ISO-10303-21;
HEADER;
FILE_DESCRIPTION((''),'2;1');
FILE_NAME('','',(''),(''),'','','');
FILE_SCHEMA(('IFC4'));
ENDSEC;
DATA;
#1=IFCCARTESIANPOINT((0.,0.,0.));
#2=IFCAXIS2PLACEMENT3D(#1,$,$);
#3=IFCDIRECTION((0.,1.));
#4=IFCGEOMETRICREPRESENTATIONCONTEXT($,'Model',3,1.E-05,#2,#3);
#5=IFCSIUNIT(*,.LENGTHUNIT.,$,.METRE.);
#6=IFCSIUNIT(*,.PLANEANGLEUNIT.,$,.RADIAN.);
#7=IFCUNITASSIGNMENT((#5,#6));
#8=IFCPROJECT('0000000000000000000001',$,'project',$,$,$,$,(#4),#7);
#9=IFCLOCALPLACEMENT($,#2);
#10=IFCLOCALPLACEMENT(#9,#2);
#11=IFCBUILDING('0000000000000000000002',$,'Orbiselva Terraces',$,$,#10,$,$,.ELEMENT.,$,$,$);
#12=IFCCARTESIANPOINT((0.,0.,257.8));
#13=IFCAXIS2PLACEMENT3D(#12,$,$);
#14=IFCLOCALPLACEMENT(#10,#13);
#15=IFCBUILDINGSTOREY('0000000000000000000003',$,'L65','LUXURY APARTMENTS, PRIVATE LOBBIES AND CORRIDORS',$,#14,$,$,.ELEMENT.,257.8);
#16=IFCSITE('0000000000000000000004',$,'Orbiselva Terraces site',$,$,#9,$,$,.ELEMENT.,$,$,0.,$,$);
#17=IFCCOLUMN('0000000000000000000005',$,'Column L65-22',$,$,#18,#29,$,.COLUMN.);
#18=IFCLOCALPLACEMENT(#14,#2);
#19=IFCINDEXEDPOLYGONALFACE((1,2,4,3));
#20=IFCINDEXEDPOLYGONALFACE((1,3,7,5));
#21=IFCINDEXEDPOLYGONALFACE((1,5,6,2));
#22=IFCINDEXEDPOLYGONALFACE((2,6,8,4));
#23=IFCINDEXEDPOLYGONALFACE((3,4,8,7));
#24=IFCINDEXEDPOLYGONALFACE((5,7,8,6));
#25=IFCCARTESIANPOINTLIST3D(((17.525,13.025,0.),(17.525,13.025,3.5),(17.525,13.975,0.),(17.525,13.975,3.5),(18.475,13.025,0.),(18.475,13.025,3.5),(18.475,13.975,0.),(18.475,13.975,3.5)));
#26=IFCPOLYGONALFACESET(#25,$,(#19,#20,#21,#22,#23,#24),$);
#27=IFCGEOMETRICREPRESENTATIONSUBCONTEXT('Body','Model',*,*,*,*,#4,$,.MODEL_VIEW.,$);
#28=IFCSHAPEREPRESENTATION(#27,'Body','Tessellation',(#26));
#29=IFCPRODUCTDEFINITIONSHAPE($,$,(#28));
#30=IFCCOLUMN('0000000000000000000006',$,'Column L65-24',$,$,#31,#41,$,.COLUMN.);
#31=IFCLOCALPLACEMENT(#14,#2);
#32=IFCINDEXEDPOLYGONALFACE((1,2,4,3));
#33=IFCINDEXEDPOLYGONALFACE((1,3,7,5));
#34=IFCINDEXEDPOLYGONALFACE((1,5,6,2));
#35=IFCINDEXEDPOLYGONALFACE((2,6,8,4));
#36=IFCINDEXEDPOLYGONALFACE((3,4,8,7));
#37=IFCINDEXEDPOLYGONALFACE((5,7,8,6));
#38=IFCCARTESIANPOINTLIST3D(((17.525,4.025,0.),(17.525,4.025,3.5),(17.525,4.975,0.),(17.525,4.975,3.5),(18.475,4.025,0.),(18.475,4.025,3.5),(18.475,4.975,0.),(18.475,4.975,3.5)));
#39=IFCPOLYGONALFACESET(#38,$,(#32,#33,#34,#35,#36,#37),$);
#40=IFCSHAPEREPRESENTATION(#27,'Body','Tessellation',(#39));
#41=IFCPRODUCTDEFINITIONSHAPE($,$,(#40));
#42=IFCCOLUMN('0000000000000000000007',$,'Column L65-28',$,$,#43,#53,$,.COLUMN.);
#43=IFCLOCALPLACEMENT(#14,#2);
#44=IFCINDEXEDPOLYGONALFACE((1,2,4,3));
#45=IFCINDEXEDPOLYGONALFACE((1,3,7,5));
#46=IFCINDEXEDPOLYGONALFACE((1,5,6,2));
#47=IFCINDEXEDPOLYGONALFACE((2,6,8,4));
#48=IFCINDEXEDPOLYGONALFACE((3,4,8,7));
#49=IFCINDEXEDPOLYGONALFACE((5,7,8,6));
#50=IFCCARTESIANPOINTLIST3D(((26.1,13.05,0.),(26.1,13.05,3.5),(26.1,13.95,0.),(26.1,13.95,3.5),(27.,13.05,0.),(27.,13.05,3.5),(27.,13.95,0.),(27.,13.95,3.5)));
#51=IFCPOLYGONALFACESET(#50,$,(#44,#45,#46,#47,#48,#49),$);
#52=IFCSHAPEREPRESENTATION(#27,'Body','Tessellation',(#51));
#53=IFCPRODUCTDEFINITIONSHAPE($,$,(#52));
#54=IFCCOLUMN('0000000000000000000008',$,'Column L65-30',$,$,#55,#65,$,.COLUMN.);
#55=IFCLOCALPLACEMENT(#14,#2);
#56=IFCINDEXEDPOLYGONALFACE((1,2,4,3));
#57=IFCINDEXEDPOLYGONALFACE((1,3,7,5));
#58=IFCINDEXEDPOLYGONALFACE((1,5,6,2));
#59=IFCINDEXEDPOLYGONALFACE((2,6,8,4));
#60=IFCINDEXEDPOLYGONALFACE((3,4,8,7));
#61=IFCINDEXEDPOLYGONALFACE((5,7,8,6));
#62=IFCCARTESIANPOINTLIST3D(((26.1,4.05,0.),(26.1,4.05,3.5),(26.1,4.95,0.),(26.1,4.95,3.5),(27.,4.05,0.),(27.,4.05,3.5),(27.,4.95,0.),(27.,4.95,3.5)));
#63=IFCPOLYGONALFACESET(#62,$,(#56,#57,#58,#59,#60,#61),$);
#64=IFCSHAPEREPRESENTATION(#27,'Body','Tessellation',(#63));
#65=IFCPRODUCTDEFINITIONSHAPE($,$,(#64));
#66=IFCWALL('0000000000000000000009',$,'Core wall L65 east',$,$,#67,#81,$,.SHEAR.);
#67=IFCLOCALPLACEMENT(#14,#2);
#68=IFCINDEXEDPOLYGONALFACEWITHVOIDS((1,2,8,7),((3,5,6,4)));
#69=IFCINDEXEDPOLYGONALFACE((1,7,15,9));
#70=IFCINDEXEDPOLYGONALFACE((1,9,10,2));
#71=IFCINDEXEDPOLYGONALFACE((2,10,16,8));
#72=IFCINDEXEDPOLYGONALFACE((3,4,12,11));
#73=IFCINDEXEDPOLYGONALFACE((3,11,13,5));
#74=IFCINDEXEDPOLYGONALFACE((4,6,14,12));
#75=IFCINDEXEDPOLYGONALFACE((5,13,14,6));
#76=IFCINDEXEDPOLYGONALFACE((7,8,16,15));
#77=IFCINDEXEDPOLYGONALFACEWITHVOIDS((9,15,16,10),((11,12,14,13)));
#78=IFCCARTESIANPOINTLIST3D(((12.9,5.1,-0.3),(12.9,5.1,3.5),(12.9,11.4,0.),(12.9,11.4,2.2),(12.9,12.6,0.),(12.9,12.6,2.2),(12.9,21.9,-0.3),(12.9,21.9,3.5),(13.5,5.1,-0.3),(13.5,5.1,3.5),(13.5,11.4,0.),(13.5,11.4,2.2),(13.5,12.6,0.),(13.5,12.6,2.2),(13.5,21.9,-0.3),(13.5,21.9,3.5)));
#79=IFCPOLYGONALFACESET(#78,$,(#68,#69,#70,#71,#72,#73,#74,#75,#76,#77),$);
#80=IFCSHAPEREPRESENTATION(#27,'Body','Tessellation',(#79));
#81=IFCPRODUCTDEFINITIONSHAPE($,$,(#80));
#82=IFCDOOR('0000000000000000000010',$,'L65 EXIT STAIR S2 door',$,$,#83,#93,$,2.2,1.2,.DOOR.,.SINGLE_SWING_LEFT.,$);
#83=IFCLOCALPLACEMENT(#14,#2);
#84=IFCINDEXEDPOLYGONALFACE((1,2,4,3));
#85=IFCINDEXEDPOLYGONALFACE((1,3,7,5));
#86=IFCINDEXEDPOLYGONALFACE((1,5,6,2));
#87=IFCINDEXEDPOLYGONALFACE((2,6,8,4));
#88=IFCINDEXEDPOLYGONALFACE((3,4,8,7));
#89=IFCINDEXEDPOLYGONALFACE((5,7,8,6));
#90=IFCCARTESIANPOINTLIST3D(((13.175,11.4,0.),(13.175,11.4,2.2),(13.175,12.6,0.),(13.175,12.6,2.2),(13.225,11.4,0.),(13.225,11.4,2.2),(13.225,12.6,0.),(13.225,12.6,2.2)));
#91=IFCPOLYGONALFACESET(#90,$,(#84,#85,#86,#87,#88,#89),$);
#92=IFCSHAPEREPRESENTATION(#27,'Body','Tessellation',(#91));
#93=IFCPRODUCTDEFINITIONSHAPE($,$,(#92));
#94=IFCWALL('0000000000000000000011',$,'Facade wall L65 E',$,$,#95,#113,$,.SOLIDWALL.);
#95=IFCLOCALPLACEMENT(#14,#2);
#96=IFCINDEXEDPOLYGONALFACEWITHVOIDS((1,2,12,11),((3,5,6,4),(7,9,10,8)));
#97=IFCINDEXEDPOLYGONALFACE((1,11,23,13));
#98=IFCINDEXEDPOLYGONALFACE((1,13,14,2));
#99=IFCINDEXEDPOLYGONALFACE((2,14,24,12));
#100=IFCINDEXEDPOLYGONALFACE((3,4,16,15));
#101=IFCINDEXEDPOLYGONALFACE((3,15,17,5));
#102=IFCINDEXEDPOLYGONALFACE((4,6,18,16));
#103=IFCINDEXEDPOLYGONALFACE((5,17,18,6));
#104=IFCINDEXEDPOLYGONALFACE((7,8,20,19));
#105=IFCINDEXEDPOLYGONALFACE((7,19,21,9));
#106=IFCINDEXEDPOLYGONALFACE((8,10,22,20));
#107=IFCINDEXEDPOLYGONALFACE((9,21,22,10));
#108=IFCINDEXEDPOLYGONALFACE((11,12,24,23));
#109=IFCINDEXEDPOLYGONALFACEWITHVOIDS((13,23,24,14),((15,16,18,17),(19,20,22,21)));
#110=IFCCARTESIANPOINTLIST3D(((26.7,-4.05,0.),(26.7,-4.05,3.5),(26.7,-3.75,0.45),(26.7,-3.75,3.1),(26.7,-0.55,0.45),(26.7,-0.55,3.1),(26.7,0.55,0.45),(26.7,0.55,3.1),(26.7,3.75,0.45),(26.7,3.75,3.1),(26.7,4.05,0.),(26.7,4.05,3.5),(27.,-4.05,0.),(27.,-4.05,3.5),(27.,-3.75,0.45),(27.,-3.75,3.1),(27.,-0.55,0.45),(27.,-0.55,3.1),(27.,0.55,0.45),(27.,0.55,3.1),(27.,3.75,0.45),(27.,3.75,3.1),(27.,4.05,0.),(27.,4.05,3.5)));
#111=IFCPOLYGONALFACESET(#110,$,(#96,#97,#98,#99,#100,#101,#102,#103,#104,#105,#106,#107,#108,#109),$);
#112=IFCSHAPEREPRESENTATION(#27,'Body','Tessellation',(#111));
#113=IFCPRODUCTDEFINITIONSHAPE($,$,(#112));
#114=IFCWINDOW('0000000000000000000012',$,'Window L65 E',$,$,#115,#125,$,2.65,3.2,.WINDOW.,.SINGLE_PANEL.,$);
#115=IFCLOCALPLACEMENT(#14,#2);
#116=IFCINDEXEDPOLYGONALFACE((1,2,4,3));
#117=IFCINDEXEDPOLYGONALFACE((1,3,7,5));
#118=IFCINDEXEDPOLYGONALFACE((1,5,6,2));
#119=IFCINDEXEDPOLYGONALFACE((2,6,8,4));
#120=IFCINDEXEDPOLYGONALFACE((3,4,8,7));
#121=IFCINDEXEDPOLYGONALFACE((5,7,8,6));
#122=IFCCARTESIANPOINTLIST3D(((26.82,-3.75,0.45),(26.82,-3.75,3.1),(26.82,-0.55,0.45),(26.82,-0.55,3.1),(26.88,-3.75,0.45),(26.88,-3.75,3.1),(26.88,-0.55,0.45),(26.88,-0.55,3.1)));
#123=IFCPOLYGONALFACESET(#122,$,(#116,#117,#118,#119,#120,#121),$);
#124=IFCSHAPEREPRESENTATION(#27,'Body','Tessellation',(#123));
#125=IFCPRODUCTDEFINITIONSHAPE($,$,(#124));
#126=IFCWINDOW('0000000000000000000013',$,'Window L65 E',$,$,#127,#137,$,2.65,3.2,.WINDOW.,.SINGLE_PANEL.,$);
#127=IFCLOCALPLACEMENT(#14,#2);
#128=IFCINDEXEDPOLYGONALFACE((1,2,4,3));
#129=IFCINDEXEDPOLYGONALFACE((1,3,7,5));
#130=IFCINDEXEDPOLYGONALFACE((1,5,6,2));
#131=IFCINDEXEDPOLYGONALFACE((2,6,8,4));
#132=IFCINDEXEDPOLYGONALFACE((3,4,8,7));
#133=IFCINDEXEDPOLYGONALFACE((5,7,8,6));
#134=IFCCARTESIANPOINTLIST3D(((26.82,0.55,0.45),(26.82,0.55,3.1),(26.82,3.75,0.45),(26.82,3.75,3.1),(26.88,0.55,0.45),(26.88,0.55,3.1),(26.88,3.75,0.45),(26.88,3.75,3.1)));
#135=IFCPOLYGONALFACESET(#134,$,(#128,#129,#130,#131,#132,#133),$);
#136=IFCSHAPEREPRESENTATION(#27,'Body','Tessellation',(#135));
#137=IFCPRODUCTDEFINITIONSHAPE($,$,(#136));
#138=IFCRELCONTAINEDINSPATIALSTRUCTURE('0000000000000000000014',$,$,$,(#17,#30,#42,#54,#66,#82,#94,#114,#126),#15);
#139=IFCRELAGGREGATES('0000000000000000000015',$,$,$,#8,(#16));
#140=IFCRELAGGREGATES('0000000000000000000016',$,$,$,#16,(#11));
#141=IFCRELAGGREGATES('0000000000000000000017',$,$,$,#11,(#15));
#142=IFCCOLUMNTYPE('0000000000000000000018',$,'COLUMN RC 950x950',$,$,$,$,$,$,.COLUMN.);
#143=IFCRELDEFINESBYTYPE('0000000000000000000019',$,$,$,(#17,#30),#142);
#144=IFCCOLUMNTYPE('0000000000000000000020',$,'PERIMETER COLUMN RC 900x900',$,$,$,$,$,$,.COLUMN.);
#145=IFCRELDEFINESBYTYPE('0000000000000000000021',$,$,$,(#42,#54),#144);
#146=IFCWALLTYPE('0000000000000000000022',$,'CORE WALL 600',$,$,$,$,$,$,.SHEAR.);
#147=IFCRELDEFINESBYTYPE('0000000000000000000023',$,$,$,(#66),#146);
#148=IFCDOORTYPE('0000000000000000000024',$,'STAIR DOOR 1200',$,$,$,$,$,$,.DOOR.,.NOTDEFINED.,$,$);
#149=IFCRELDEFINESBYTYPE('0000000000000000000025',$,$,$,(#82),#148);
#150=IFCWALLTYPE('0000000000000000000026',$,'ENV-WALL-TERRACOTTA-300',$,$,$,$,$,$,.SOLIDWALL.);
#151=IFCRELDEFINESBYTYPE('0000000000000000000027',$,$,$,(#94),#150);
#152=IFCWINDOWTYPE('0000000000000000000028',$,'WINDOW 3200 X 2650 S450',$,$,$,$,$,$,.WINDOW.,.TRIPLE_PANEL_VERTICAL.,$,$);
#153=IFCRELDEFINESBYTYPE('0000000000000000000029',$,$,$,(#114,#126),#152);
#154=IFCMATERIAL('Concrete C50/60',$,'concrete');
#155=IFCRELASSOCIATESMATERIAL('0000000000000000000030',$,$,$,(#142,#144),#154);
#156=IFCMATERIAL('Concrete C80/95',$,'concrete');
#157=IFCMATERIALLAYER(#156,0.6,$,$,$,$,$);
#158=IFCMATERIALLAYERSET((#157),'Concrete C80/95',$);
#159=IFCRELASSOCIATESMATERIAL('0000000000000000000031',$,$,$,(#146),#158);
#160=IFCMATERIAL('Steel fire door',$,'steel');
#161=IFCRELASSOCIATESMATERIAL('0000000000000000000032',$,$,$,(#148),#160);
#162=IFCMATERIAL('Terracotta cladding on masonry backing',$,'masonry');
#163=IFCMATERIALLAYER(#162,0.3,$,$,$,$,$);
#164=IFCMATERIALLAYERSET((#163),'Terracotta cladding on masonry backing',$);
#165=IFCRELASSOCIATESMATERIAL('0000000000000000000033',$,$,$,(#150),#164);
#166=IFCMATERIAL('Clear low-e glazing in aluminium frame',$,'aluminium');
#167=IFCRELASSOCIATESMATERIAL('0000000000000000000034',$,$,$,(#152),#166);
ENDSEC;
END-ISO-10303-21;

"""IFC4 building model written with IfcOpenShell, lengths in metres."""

from ifc_helpers import new_model, si_unit, direction, frame, frame_2d, origin, origin_2d, place, context, subcontext, project, spatial, rectangle, extrude, material, layer, layer_set, material_profile, profile_set, type_object, element, fill, save


model = new_model("IFC4")

# Units and contexts
model_context = context("Model", 3, precision=1e-05, world=origin(), true_north=direction((0.0, 1.0)))
body_context = subcontext(model_context, "Body", "Model", "MODEL_VIEW")
ifc_project = project(units=[si_unit("LENGTHUNIT", "METRE"), si_unit("PLANEANGLEUNIT", "RADIAN")], contexts=[model_context])

# Site, building, storey
site_placement = place(None, origin())
site = spatial("IfcSite", under=ifc_project, at=site_placement, Name="Orbiselva Terraces site", CompositionType="ELEMENT", RefElevation=0.0)
building_placement = place(site_placement, origin())
building = spatial("IfcBuilding", under=site, at=building_placement, Name="Orbiselva Terraces", CompositionType="ELEMENT")
storey_placement = place(building_placement, frame((0.0, 0.0, 257.8)))
storey = spatial("IfcBuildingStorey", under=building, at=storey_placement, Name="L65", Description="LUXURY APARTMENTS, PRIVATE LOBBIES AND CORRIDORS", CompositionType="ELEMENT", Elevation=257.8)

# Columns
ifc_material_1 = material(Name="Concrete C50/60", Category="concrete")
ifc_material_profile_1 = material_profile(ifc_material_1, rectangle(XDim=0.95, YDim=0.95, at=origin_2d()), Name="RC 950x950")
ifc_profile_set_1 = profile_set([ifc_material_profile_1], Name="Concrete C50/60")
column_type_1 = type_object("IfcColumnType", Name="COLUMN RC 950x950", PredefinedType="COLUMN", material=ifc_profile_set_1)
for number, where, z_axis, x_axis, name in (
    (1, (18.0, 13.5, 0.0), (0.0, 0.0, 1.0), (1.0, 0.0, 0.0), "Column L65-22"),
    (2, (18.0, 4.5, 0.0), (0.0, 0.0, 1.0), (1.0, 0.0, 0.0), "Column L65-24"),
):
    element("IfcColumn", number, at=place(storey_placement, frame(where, z_axis=z_axis, x_axis=x_axis)), inside=storey, type_object=column_type_1, Name=name, PredefinedType="COLUMN", context=body_context, shape_type="SweptSolid", body=[
        extrude(rectangle(XDim=0.95, YDim=0.95, at=origin_2d()), origin(), (0.0, 0.0, 1.0), 3.5),
    ])
ifc_material_profile_2 = material_profile(ifc_material_1, rectangle(XDim=0.9, YDim=0.9, at=origin_2d()), Name="RC 900x900")
ifc_profile_set_2 = profile_set([ifc_material_profile_2], Name="Concrete C50/60")
column_type_2 = type_object("IfcColumnType", Name="PERIMETER COLUMN RC 900x900", PredefinedType="COLUMN", material=ifc_profile_set_2)
for number, where, z_axis, x_axis, name in (
    (3, (26.55, 13.5, 0.0), (0.0, 0.0, 1.0), (1.0, 0.0, 0.0), "Column L65-28"),
    (4, (26.55, 4.5, 0.0), (0.0, 0.0, 1.0), (1.0, 0.0, 0.0), "Column L65-30"),
):
    element("IfcColumn", number, at=place(storey_placement, frame(where, z_axis=z_axis, x_axis=x_axis)), inside=storey, type_object=column_type_2, Name=name, PredefinedType="COLUMN", context=body_context, shape_type="SweptSolid", body=[
        extrude(rectangle(XDim=0.9, YDim=0.9, at=origin_2d()), origin(), (0.0, 0.0, 1.0), 3.5),
    ])

# Wall, opening, door
ifc_material_2 = material(Name="Concrete C80/95", Category="concrete")
ifc_layer_1 = layer(ifc_material_2, 0.6)
ifc_layer_set_1 = layer_set([ifc_layer_1], Name="Concrete C80/95")
wall_type_1 = type_object("IfcWallType", Name="CORE WALL 600", PredefinedType="SHEAR", material=ifc_layer_set_1)
wall_1_placement = place(storey_placement, frame((13.2, 5.1, -0.3), z_axis=(0.0, 0.0, 1.0), x_axis=(0.0, 1.0, 0.0)))
wall_1 = element("IfcWall", 5, at=wall_1_placement, inside=storey, type_object=wall_type_1, Name="Core wall L65 east", PredefinedType="SHEAR", context=body_context, shape_type="SweptSolid", body=[
    extrude(rectangle(XDim=16.8, YDim=0.6, at=frame_2d((8.4, 0.0))), origin(), (0.0, 0.0, 1.0), 3.8),
])
opening_1_placement = place(wall_1_placement, frame((6.3, 0.0, 0.3)))
opening_1 = element("IfcOpeningElement", 6, at=opening_1_placement, cuts=wall_1, PredefinedType="OPENING", context=body_context, shape_type="SweptSolid", body=[
    extrude(rectangle(XDim=1.2, YDim=2.2, at=frame_2d((0.6, 1.1))), frame((0.0, 0.31, 0.0), z_axis=(0.0, -1.0, 0.0), x_axis=(1.0, 0.0, 0.0)), (0.0, 0.0, 1.0), 0.62),
])
ifc_material_3 = material(Name="Steel fire door", Category="steel")
door_type_1 = type_object("IfcDoorType", Name="STAIR DOOR 1200", OperationType="NOTDEFINED", PredefinedType="DOOR", material=ifc_material_3)
door_1_placement = place(opening_1_placement, frame((1.2, 0.0, 0.0), z_axis=(0.0, 0.0, 1.0), x_axis=(-1.0, 0.0, 0.0)))
door_1 = element("IfcDoor", 7, at=door_1_placement, inside=storey, type_object=door_type_1, Name="L65 EXIT STAIR S2 door", OperationType="SINGLE_SWING_LEFT", OverallHeight=2.2, OverallWidth=1.2, PredefinedType="DOOR", context=body_context, shape_type="SweptSolid", body=[
    extrude(rectangle(XDim=1.2, YDim=2.2, at=frame_2d((0.6, 1.1))), frame((0.0, 0.025, 0.0), z_axis=(0.0, -1.0, 0.0), x_axis=(1.0, 0.0, 0.0)), (0.0, 0.0, 1.0), 0.05),
])
fill(opening_1, door_1)

# Wall, openings, windows
ifc_material_4 = material(Name="Terracotta cladding on masonry backing", Category="masonry")
ifc_layer_2 = layer(ifc_material_4, 0.3)
ifc_layer_set_2 = layer_set([ifc_layer_2], Name="Terracotta cladding on masonry backing")
wall_type_2 = type_object("IfcWallType", Name="ENV-WALL-TERRACOTTA-300", PredefinedType="SOLIDWALL", material=ifc_layer_set_2)
wall_2_placement = place(storey_placement, frame((26.85, 4.05, 0.0), z_axis=(0.0, 0.0, 1.0), x_axis=(0.0, -1.0, 0.0)))
wall_2 = element("IfcWall", 8, at=wall_2_placement, inside=storey, type_object=wall_type_2, Name="Facade wall L65 E", PredefinedType="SOLIDWALL", context=body_context, shape_type="SweptSolid", body=[
    extrude(rectangle(XDim=8.1, YDim=0.3, at=frame_2d((4.05, 0.0))), origin(), (0.0, 0.0, 1.0), 3.5),
])
opening_2_placement = place(wall_2_placement, frame((4.6, 0.0, 0.45)))
opening_2 = element("IfcOpeningElement", 9, at=opening_2_placement, cuts=wall_2, PredefinedType="OPENING", context=body_context, shape_type="SweptSolid", body=[
    extrude(rectangle(XDim=3.2, YDim=2.65, at=frame_2d((1.6, 1.325))), frame((0.0, 0.16, 0.0), z_axis=(0.0, -1.0, 0.0), x_axis=(1.0, 0.0, 0.0)), (0.0, 0.0, 1.0), 0.32),
])
opening_3_placement = place(wall_2_placement, frame((0.3, 0.0, 0.45)))
opening_3 = element("IfcOpeningElement", 10, at=opening_3_placement, cuts=wall_2, PredefinedType="OPENING", context=body_context, shape_type="SweptSolid", body=[
    extrude(rectangle(XDim=3.2, YDim=2.65, at=frame_2d((1.6, 1.325))), frame((0.0, 0.16, 0.0), z_axis=(0.0, -1.0, 0.0), x_axis=(1.0, 0.0, 0.0)), (0.0, 0.0, 1.0), 0.32),
])
ifc_material_5 = material(Name="Clear low-e glazing in aluminium frame", Category="aluminium")
window_type = type_object("IfcWindowType", Name="WINDOW 3200 X 2650 S450", PartitioningType="TRIPLE_PANEL_VERTICAL", PredefinedType="WINDOW", material=ifc_material_5)
window_1_placement = place(opening_2_placement, origin())
window_1 = element("IfcWindow", 11, at=window_1_placement, inside=storey, type_object=window_type, Name="Window L65 E", OverallHeight=2.65, OverallWidth=3.2, PartitioningType="SINGLE_PANEL", PredefinedType="WINDOW", context=body_context, shape_type="SweptSolid", body=[
    extrude(rectangle(XDim=3.2, YDim=2.65, at=frame_2d((1.6, 1.325))), frame((0.0, 0.03, 0.0), z_axis=(0.0, -1.0, 0.0), x_axis=(1.0, 0.0, 0.0)), (0.0, 0.0, 1.0), 0.06),
])
fill(opening_2, window_1)
window_2_placement = place(opening_3_placement, origin())
window_2 = element("IfcWindow", 12, at=window_2_placement, inside=storey, type_object=window_type, Name="Window L65 E", OverallHeight=2.65, OverallWidth=3.2, PartitioningType="SINGLE_PANEL", PredefinedType="WINDOW", context=body_context, shape_type="SweptSolid", body=[
    extrude(rectangle(XDim=3.2, YDim=2.65, at=frame_2d((1.6, 1.325))), frame((0.0, 0.03, 0.0), z_axis=(0.0, -1.0, 0.0), x_axis=(1.0, 0.0, 0.0)), (0.0, 0.0, 1.0), 0.06),
])
fill(opening_3, window_2)

save(model, "model.ifc")
